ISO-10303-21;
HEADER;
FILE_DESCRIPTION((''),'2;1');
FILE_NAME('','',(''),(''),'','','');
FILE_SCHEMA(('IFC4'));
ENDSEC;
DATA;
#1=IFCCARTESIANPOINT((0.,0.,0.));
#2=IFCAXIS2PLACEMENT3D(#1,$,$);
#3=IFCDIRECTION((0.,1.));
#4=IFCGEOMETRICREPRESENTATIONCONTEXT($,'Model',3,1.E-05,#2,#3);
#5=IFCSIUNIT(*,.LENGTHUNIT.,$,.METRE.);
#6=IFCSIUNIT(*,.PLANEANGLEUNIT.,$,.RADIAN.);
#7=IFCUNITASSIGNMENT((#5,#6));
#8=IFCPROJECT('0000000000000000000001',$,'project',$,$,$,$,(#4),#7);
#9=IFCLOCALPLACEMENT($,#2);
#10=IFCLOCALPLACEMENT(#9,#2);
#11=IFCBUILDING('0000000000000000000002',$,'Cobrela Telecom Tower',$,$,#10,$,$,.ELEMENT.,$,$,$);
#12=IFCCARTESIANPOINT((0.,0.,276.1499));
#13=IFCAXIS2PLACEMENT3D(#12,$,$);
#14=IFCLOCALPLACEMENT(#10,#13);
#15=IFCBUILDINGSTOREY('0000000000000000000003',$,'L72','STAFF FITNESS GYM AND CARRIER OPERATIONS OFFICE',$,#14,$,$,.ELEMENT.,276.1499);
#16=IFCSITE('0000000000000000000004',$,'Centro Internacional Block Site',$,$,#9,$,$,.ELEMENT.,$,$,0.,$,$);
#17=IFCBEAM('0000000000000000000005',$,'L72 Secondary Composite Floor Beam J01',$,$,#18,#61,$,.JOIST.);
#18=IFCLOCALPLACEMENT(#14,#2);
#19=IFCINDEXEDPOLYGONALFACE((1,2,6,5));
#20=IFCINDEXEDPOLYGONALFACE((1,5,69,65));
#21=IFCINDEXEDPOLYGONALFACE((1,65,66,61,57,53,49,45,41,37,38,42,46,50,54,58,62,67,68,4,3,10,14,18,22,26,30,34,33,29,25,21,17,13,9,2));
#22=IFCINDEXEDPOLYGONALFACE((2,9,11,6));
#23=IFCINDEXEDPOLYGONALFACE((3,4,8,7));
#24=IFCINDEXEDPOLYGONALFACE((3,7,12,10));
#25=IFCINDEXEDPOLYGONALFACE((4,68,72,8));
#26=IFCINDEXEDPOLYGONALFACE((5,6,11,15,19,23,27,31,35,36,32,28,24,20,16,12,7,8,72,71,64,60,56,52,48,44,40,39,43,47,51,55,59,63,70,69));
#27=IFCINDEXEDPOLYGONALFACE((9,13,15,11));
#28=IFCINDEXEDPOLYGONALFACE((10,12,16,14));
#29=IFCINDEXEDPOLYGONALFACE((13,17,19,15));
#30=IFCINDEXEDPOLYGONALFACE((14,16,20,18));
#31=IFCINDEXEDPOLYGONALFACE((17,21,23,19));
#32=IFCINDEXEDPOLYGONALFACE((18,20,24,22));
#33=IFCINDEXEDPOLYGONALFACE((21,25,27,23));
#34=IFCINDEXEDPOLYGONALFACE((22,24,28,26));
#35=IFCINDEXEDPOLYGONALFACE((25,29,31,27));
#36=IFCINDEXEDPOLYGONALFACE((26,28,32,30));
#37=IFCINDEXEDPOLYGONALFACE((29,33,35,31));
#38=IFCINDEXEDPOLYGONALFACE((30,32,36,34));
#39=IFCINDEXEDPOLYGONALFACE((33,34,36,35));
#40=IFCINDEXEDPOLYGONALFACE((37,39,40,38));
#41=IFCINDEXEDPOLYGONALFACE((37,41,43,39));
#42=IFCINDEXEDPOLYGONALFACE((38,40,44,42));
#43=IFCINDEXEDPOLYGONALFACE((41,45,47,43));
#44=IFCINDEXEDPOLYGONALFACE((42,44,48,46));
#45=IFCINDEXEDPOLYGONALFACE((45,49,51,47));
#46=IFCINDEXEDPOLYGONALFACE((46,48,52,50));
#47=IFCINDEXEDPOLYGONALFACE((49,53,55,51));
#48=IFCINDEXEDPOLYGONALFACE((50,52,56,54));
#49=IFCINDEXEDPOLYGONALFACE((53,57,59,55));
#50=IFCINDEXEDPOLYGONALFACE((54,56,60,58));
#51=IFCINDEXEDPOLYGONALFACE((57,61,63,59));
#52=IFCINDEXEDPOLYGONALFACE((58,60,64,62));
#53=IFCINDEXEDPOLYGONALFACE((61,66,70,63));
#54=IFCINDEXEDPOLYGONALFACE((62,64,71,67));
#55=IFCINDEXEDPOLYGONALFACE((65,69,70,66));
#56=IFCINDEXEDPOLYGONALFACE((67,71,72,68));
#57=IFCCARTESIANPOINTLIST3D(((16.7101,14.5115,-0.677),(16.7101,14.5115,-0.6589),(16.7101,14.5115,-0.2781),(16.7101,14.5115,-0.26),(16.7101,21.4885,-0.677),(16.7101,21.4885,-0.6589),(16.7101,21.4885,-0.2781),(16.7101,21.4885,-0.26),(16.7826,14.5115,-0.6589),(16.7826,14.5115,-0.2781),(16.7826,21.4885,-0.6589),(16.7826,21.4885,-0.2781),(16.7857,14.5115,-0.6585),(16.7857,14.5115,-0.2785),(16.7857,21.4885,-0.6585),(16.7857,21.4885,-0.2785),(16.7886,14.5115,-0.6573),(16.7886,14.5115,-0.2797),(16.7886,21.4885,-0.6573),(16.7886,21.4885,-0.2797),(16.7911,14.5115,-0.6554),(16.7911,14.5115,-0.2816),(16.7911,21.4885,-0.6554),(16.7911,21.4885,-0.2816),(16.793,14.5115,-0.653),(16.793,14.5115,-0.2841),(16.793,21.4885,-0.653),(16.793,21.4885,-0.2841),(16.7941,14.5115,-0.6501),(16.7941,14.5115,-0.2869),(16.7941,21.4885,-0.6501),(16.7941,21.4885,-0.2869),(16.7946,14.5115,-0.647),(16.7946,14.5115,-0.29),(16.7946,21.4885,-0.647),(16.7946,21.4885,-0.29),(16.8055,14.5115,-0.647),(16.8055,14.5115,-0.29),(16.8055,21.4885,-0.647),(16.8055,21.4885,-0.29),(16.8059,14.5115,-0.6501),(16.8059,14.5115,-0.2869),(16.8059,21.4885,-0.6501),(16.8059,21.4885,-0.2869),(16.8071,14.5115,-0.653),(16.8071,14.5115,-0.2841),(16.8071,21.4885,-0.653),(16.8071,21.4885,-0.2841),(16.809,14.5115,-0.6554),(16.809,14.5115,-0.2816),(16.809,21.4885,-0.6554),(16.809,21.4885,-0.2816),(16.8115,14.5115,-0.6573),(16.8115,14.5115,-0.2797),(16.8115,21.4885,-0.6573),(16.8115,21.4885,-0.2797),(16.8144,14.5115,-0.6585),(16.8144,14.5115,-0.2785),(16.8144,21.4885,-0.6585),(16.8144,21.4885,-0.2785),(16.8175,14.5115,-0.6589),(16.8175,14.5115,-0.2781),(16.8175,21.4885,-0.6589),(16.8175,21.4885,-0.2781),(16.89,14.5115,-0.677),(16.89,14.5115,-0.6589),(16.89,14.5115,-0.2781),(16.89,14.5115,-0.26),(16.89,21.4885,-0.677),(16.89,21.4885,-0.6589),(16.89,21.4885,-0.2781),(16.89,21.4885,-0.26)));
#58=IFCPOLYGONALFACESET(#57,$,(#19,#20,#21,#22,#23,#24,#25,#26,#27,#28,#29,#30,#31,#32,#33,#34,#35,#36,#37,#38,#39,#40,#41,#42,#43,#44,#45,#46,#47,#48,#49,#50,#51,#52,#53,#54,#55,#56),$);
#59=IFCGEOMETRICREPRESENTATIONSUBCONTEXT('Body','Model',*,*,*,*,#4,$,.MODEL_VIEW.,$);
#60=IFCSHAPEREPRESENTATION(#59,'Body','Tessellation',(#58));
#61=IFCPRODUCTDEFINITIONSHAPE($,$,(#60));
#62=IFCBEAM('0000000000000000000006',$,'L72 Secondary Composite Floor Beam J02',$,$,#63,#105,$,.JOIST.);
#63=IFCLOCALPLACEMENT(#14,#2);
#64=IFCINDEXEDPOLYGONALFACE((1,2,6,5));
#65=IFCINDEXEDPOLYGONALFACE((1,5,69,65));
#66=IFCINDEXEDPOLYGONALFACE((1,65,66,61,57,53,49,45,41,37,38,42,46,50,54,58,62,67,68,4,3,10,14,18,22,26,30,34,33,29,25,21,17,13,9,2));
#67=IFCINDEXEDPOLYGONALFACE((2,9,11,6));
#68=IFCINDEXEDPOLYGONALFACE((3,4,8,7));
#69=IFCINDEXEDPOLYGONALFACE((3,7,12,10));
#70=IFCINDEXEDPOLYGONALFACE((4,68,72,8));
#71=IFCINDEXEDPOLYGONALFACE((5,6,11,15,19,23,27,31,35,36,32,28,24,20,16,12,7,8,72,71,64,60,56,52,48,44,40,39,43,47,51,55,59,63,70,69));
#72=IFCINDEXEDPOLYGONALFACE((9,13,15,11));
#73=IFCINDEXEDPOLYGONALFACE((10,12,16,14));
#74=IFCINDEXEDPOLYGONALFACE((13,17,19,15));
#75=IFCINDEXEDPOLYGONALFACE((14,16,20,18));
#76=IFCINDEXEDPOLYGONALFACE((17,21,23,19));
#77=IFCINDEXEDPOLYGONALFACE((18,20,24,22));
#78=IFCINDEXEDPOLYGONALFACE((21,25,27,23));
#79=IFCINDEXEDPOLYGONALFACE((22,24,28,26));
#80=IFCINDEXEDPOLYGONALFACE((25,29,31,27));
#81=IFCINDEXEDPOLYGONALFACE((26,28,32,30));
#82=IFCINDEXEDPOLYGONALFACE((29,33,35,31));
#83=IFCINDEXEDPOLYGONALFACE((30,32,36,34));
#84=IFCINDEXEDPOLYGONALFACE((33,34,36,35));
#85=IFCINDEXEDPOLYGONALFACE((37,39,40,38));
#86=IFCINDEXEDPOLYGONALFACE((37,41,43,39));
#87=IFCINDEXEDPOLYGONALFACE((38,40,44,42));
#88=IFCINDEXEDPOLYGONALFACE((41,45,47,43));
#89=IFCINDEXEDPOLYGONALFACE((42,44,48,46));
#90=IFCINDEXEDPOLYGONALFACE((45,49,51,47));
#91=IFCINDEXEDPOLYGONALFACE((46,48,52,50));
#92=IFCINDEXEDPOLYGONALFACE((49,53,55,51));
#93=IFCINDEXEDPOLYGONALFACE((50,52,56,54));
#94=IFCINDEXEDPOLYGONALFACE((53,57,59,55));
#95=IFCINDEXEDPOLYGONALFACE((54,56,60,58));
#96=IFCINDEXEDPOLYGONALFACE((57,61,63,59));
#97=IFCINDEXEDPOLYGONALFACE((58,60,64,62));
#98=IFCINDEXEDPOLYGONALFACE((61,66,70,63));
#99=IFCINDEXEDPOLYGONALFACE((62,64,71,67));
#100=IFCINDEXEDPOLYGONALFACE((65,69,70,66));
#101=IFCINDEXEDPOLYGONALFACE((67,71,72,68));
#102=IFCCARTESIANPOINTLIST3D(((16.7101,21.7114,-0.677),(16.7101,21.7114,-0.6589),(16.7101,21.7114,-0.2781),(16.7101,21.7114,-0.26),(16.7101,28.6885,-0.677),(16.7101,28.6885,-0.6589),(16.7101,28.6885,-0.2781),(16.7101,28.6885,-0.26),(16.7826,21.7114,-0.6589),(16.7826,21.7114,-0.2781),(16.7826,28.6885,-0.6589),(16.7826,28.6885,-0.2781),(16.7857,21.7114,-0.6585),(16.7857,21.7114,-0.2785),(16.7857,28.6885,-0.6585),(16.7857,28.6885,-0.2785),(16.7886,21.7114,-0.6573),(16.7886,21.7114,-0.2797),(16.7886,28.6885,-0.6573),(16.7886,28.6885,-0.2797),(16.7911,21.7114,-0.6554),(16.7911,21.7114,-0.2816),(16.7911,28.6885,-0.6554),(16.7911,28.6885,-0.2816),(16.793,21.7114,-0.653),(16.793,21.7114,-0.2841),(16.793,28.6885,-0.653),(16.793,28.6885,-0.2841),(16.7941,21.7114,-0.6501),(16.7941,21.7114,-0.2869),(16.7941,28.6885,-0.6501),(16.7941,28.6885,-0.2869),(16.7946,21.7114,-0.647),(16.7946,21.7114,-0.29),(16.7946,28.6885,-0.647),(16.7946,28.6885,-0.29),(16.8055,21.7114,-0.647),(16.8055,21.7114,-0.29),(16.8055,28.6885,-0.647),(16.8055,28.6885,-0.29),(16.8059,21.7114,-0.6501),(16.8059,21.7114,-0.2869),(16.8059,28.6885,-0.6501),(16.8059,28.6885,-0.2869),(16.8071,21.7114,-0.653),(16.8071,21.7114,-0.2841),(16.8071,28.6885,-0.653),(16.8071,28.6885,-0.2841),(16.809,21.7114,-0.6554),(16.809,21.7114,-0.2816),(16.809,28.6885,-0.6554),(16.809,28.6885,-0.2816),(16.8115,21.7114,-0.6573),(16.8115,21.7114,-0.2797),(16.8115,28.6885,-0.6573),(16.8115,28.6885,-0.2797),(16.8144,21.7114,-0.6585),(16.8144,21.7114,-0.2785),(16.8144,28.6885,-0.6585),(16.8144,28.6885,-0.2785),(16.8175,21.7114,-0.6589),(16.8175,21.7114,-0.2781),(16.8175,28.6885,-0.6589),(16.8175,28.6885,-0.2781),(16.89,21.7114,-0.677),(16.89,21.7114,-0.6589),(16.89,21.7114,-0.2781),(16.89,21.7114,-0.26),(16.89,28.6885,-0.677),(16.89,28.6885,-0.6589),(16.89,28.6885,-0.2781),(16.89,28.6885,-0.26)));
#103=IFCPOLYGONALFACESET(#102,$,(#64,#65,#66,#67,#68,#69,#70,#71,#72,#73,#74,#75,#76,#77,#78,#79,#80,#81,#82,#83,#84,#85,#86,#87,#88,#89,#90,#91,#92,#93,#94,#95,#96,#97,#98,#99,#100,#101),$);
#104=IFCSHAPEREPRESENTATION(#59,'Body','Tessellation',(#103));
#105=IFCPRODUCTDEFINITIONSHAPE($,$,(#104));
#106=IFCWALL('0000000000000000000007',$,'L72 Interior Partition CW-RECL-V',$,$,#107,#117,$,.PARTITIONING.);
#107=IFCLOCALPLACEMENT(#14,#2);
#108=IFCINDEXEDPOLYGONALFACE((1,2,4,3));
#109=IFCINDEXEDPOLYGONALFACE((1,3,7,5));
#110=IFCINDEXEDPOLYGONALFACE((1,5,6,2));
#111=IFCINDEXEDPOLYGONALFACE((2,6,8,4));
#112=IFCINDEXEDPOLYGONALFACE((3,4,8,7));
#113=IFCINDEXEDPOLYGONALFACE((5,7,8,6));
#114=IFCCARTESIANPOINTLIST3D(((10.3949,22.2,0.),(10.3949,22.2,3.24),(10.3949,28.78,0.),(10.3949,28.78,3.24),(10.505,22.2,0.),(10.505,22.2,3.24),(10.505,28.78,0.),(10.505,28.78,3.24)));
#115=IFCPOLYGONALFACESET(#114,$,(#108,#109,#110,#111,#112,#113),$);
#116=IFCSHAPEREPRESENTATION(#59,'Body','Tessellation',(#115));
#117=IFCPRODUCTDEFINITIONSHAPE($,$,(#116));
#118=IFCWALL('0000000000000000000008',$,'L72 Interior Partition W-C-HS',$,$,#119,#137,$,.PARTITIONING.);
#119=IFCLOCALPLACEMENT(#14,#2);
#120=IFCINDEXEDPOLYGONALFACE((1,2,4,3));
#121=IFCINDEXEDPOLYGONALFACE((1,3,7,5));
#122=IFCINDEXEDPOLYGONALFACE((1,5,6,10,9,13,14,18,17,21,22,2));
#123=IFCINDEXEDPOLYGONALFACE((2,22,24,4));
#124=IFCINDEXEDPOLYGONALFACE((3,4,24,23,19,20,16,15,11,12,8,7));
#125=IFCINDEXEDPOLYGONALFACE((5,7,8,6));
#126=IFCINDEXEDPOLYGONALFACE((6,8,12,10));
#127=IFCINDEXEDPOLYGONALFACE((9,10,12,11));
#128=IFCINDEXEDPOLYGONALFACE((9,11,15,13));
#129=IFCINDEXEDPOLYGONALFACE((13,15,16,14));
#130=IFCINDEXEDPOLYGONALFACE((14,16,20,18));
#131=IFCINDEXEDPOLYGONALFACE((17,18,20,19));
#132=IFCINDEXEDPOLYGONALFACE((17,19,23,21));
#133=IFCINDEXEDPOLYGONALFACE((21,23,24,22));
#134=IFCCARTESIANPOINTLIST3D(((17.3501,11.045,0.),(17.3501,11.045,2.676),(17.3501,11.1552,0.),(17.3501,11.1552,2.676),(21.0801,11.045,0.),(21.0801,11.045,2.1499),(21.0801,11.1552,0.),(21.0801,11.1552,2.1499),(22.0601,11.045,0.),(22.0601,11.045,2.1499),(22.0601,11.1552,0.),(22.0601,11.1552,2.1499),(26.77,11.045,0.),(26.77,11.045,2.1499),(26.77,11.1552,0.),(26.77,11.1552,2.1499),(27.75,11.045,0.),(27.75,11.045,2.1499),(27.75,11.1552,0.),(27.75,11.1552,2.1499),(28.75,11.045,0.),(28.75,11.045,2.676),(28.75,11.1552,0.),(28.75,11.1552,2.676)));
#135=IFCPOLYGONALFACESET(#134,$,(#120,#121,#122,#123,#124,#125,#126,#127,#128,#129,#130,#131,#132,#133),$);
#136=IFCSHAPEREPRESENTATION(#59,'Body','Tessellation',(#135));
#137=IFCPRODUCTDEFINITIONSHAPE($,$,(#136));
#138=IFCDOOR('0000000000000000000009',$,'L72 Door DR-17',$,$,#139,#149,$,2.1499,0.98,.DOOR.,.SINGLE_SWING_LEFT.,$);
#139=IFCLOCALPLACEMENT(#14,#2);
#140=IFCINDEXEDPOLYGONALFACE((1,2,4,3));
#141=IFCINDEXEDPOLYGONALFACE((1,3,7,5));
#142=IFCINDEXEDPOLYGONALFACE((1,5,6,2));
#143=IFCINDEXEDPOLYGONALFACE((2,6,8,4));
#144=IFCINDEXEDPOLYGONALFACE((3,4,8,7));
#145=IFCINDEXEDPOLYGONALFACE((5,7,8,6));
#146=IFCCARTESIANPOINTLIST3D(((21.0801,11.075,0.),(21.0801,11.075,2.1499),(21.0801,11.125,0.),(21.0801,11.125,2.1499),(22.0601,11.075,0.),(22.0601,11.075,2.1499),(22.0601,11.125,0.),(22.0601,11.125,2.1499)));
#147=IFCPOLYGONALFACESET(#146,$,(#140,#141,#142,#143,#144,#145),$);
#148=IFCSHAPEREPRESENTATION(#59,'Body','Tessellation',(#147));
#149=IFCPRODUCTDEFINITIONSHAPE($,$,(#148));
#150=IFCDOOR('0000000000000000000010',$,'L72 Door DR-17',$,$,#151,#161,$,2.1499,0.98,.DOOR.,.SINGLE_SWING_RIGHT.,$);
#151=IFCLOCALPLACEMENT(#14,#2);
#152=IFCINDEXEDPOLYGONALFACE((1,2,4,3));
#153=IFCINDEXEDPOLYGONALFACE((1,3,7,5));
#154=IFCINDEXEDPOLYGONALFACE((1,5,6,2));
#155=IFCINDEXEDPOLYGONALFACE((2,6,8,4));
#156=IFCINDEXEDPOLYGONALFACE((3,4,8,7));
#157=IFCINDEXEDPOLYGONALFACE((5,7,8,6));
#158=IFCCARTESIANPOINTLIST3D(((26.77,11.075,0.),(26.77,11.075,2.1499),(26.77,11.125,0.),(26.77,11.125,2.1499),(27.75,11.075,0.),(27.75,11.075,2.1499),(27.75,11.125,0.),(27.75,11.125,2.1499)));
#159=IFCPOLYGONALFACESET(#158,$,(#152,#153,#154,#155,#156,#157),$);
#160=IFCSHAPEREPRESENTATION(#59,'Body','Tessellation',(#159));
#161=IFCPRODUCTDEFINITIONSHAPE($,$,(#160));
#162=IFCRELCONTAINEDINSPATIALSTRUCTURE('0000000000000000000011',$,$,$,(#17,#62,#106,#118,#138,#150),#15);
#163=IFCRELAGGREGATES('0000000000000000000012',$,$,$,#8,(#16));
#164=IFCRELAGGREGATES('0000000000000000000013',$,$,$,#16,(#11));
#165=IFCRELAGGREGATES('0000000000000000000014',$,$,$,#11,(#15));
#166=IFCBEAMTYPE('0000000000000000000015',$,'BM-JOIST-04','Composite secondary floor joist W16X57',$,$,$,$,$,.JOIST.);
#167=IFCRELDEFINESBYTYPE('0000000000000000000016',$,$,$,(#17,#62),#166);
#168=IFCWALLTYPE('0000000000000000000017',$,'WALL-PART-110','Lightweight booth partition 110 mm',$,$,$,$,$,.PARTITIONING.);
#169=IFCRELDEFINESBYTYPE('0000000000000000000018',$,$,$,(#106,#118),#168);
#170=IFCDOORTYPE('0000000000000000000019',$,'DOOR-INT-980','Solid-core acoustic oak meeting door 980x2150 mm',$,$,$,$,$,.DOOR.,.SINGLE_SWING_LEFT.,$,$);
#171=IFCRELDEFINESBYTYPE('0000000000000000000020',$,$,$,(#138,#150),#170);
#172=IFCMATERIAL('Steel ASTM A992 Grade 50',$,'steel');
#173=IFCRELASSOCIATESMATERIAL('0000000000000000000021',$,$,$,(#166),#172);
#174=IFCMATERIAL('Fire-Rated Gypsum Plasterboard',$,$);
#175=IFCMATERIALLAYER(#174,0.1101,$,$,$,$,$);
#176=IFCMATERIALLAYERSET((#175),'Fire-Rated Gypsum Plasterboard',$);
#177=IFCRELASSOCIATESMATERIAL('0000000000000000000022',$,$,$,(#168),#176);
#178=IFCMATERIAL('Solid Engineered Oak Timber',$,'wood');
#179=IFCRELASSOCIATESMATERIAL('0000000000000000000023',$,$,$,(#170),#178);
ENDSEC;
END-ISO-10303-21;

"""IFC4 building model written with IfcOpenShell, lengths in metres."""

from ifc_helpers import new_model, si_unit, direction, frame, frame_2d, origin, origin_2d, place, context, subcontext, project, spatial, rectangle, i_section, extrude, material, layer, layer_set, material_profile, profile_set, type_object, element, fill, save


model = new_model("IFC4")

# Units and contexts
model_context = context("Model", 3, precision=1e-05, world=origin(), true_north=direction((0.0, 1.0)))
body_context = subcontext(model_context, "Body", "Model", "MODEL_VIEW")
ifc_project = project(units=[si_unit("LENGTHUNIT", "METRE"), si_unit("PLANEANGLEUNIT", "RADIAN")], contexts=[model_context])

# Site, building, storey
site_placement = place(None, origin())
site = spatial("IfcSite", under=ifc_project, at=site_placement, Name="Centro Internacional Block Site", CompositionType="ELEMENT", RefElevation=0.0)
building_placement = place(site_placement, origin())
building = spatial("IfcBuilding", under=site, at=building_placement, Name="Cobrela Telecom Tower", CompositionType="ELEMENT")
storey_placement = place(building_placement, frame((0.0, 0.0, 276.1499)))
storey = spatial("IfcBuildingStorey", under=building, at=storey_placement, Name="L72", Description="STAFF FITNESS GYM AND CARRIER OPERATIONS OFFICE", CompositionType="ELEMENT", Elevation=276.1499)

# Beams
ifc_material_1 = material(Name="Steel ASTM A992 Grade 50", Category="steel")
ifc_material_profile_1 = material_profile(ifc_material_1, i_section(OverallWidth=0.1799, OverallDepth=0.417, WebThickness=0.011, FlangeThickness=0.0181, FilletRadius=0.012, at=origin_2d()), Name="W16X57")
ifc_profile_set_1 = profile_set([ifc_material_profile_1], Name="Steel ASTM A992 Grade 50")
beam_type_1 = type_object("IfcBeamType", Name="BM-JOIST-04", Description="Composite secondary floor joist W16X57", PredefinedType="JOIST", material=ifc_profile_set_1)
for number, where, z_axis, x_axis, name in (
    (1, (16.8, 14.5115, -0.4685), (0.0, 1.0, 0.0), (-1.0, 0.0, 0.0), "L72 Secondary Composite Floor Beam J01"),
    (2, (16.8, 21.7114, -0.4685), (0.0, 1.0, 0.0), (-1.0, 0.0, 0.0), "L72 Secondary Composite Floor Beam J02"),
):
    element("IfcBeam", number, at=place(storey_placement, frame(where, z_axis=z_axis, x_axis=x_axis)), inside=storey, type_object=beam_type_1, Name=name, PredefinedType="JOIST", context=body_context, shape_type="SweptSolid", body=[
        extrude(i_section(OverallWidth=0.1799, OverallDepth=0.417, WebThickness=0.011, FlangeThickness=0.0181, FilletRadius=0.012, at=origin_2d()), origin(), (0.0, 0.0, 1.0), 6.9771),
    ])

# Wall
ifc_material_2 = material(Name="Fire-Rated Gypsum Plasterboard")
ifc_layer_1 = layer(ifc_material_2, 0.1101)
ifc_layer_set_1 = layer_set([ifc_layer_1], Name="Fire-Rated Gypsum Plasterboard")
wall_type_1 = type_object("IfcWallType", Name="WALL-PART-110", Description="Lightweight booth partition 110 mm", PredefinedType="PARTITIONING", material=ifc_layer_set_1)
wall_1_placement = place(storey_placement, frame((10.45, 22.2, 0.0), z_axis=(0.0, 0.0, 1.0), x_axis=(0.0, 1.0, 0.0)))
element("IfcWall", 3, at=wall_1_placement, inside=storey, type_object=wall_type_1, Name="L72 Interior Partition CW-RECL-V", PredefinedType="PARTITIONING", context=body_context, shape_type="SweptSolid", body=[
    extrude(rectangle(XDim=6.5801, YDim=0.1101, at=frame_2d((3.29, 0.0))), origin(), (0.0, 0.0, 1.0), 3.24),
])

# Wall, openings, doors
wall_2_placement = place(storey_placement, frame((17.3501, 11.1001, 0.0), z_axis=(0.0, 0.0, 1.0), x_axis=(1.0, 0.0, 0.0)))
wall_2 = element("IfcWall", 4, at=wall_2_placement, inside=storey, type_object=wall_type_1, Name="L72 Interior Partition W-C-HS", PredefinedType="PARTITIONING", context=body_context, shape_type="SweptSolid", body=[
    extrude(rectangle(XDim=11.3999, YDim=0.1101, at=frame_2d((5.7, 0.0))), origin(), (0.0, 0.0, 1.0), 2.676),
])
opening_1_placement = place(wall_2_placement, frame((3.73, 0.0, 0.0)))
opening_1 = element("IfcOpeningElement", 5, at=opening_1_placement, cuts=wall_2, PredefinedType="OPENING", context=body_context, shape_type="SweptSolid", body=[
    extrude(rectangle(XDim=0.98, YDim=2.1499, at=frame_2d((0.49, 1.075))), frame((0.0, 0.0669, 0.0), z_axis=(0.0, -1.0, 0.0), x_axis=(1.0, 0.0, 0.0)), (0.0, 0.0, 1.0), 0.134),
])
opening_2_placement = place(wall_2_placement, frame((9.4199, 0.0, 0.0)))
opening_2 = element("IfcOpeningElement", 6, at=opening_2_placement, cuts=wall_2, PredefinedType="OPENING", context=body_context, shape_type="SweptSolid", body=[
    extrude(rectangle(XDim=0.98, YDim=2.1499, at=frame_2d((0.49, 1.075))), frame((0.0, 0.0669, 0.0), z_axis=(0.0, -1.0, 0.0), x_axis=(1.0, 0.0, 0.0)), (0.0, 0.0, 1.0), 0.134),
])
ifc_material_3 = material(Name="Solid Engineered Oak Timber", Category="wood")
door_type_1 = type_object("IfcDoorType", Name="DOOR-INT-980", Description="Solid-core acoustic oak meeting door 980x2150 mm", OperationType="SINGLE_SWING_LEFT", PredefinedType="DOOR", material=ifc_material_3)
door_1_placement = place(opening_1_placement, origin())
door_1 = element("IfcDoor", 7, at=door_1_placement, inside=storey, type_object=door_type_1, Name="L72 Door DR-17", OperationType="SINGLE_SWING_LEFT", OverallHeight=2.1499, OverallWidth=0.98, PredefinedType="DOOR", context=body_context, shape_type="SweptSolid", body=[
    extrude(rectangle(XDim=0.98, YDim=2.1499, at=frame_2d((0.49, 1.075))), frame((0.0, 0.0249, 0.0), z_axis=(0.0, -1.0, 0.0), x_axis=(1.0, 0.0, 0.0)), (0.0, 0.0, 1.0), 0.05),
])
fill(opening_1, door_1)
door_2_placement = place(opening_2_placement, origin())
door_2 = element("IfcDoor", 8, at=door_2_placement, inside=storey, type_object=door_type_1, Name="L72 Door DR-17", OperationType="SINGLE_SWING_RIGHT", OverallHeight=2.1499, OverallWidth=0.98, PredefinedType="DOOR", context=body_context, shape_type="SweptSolid", body=[
    extrude(rectangle(XDim=0.98, YDim=2.1499, at=frame_2d((0.49, 1.075))), frame((0.0, 0.0249, 0.0), z_axis=(0.0, -1.0, 0.0), x_axis=(1.0, 0.0, 0.0)), (0.0, 0.0, 1.0), 0.05),
])
fill(opening_2, door_2)

save(model, "model.ifc")
